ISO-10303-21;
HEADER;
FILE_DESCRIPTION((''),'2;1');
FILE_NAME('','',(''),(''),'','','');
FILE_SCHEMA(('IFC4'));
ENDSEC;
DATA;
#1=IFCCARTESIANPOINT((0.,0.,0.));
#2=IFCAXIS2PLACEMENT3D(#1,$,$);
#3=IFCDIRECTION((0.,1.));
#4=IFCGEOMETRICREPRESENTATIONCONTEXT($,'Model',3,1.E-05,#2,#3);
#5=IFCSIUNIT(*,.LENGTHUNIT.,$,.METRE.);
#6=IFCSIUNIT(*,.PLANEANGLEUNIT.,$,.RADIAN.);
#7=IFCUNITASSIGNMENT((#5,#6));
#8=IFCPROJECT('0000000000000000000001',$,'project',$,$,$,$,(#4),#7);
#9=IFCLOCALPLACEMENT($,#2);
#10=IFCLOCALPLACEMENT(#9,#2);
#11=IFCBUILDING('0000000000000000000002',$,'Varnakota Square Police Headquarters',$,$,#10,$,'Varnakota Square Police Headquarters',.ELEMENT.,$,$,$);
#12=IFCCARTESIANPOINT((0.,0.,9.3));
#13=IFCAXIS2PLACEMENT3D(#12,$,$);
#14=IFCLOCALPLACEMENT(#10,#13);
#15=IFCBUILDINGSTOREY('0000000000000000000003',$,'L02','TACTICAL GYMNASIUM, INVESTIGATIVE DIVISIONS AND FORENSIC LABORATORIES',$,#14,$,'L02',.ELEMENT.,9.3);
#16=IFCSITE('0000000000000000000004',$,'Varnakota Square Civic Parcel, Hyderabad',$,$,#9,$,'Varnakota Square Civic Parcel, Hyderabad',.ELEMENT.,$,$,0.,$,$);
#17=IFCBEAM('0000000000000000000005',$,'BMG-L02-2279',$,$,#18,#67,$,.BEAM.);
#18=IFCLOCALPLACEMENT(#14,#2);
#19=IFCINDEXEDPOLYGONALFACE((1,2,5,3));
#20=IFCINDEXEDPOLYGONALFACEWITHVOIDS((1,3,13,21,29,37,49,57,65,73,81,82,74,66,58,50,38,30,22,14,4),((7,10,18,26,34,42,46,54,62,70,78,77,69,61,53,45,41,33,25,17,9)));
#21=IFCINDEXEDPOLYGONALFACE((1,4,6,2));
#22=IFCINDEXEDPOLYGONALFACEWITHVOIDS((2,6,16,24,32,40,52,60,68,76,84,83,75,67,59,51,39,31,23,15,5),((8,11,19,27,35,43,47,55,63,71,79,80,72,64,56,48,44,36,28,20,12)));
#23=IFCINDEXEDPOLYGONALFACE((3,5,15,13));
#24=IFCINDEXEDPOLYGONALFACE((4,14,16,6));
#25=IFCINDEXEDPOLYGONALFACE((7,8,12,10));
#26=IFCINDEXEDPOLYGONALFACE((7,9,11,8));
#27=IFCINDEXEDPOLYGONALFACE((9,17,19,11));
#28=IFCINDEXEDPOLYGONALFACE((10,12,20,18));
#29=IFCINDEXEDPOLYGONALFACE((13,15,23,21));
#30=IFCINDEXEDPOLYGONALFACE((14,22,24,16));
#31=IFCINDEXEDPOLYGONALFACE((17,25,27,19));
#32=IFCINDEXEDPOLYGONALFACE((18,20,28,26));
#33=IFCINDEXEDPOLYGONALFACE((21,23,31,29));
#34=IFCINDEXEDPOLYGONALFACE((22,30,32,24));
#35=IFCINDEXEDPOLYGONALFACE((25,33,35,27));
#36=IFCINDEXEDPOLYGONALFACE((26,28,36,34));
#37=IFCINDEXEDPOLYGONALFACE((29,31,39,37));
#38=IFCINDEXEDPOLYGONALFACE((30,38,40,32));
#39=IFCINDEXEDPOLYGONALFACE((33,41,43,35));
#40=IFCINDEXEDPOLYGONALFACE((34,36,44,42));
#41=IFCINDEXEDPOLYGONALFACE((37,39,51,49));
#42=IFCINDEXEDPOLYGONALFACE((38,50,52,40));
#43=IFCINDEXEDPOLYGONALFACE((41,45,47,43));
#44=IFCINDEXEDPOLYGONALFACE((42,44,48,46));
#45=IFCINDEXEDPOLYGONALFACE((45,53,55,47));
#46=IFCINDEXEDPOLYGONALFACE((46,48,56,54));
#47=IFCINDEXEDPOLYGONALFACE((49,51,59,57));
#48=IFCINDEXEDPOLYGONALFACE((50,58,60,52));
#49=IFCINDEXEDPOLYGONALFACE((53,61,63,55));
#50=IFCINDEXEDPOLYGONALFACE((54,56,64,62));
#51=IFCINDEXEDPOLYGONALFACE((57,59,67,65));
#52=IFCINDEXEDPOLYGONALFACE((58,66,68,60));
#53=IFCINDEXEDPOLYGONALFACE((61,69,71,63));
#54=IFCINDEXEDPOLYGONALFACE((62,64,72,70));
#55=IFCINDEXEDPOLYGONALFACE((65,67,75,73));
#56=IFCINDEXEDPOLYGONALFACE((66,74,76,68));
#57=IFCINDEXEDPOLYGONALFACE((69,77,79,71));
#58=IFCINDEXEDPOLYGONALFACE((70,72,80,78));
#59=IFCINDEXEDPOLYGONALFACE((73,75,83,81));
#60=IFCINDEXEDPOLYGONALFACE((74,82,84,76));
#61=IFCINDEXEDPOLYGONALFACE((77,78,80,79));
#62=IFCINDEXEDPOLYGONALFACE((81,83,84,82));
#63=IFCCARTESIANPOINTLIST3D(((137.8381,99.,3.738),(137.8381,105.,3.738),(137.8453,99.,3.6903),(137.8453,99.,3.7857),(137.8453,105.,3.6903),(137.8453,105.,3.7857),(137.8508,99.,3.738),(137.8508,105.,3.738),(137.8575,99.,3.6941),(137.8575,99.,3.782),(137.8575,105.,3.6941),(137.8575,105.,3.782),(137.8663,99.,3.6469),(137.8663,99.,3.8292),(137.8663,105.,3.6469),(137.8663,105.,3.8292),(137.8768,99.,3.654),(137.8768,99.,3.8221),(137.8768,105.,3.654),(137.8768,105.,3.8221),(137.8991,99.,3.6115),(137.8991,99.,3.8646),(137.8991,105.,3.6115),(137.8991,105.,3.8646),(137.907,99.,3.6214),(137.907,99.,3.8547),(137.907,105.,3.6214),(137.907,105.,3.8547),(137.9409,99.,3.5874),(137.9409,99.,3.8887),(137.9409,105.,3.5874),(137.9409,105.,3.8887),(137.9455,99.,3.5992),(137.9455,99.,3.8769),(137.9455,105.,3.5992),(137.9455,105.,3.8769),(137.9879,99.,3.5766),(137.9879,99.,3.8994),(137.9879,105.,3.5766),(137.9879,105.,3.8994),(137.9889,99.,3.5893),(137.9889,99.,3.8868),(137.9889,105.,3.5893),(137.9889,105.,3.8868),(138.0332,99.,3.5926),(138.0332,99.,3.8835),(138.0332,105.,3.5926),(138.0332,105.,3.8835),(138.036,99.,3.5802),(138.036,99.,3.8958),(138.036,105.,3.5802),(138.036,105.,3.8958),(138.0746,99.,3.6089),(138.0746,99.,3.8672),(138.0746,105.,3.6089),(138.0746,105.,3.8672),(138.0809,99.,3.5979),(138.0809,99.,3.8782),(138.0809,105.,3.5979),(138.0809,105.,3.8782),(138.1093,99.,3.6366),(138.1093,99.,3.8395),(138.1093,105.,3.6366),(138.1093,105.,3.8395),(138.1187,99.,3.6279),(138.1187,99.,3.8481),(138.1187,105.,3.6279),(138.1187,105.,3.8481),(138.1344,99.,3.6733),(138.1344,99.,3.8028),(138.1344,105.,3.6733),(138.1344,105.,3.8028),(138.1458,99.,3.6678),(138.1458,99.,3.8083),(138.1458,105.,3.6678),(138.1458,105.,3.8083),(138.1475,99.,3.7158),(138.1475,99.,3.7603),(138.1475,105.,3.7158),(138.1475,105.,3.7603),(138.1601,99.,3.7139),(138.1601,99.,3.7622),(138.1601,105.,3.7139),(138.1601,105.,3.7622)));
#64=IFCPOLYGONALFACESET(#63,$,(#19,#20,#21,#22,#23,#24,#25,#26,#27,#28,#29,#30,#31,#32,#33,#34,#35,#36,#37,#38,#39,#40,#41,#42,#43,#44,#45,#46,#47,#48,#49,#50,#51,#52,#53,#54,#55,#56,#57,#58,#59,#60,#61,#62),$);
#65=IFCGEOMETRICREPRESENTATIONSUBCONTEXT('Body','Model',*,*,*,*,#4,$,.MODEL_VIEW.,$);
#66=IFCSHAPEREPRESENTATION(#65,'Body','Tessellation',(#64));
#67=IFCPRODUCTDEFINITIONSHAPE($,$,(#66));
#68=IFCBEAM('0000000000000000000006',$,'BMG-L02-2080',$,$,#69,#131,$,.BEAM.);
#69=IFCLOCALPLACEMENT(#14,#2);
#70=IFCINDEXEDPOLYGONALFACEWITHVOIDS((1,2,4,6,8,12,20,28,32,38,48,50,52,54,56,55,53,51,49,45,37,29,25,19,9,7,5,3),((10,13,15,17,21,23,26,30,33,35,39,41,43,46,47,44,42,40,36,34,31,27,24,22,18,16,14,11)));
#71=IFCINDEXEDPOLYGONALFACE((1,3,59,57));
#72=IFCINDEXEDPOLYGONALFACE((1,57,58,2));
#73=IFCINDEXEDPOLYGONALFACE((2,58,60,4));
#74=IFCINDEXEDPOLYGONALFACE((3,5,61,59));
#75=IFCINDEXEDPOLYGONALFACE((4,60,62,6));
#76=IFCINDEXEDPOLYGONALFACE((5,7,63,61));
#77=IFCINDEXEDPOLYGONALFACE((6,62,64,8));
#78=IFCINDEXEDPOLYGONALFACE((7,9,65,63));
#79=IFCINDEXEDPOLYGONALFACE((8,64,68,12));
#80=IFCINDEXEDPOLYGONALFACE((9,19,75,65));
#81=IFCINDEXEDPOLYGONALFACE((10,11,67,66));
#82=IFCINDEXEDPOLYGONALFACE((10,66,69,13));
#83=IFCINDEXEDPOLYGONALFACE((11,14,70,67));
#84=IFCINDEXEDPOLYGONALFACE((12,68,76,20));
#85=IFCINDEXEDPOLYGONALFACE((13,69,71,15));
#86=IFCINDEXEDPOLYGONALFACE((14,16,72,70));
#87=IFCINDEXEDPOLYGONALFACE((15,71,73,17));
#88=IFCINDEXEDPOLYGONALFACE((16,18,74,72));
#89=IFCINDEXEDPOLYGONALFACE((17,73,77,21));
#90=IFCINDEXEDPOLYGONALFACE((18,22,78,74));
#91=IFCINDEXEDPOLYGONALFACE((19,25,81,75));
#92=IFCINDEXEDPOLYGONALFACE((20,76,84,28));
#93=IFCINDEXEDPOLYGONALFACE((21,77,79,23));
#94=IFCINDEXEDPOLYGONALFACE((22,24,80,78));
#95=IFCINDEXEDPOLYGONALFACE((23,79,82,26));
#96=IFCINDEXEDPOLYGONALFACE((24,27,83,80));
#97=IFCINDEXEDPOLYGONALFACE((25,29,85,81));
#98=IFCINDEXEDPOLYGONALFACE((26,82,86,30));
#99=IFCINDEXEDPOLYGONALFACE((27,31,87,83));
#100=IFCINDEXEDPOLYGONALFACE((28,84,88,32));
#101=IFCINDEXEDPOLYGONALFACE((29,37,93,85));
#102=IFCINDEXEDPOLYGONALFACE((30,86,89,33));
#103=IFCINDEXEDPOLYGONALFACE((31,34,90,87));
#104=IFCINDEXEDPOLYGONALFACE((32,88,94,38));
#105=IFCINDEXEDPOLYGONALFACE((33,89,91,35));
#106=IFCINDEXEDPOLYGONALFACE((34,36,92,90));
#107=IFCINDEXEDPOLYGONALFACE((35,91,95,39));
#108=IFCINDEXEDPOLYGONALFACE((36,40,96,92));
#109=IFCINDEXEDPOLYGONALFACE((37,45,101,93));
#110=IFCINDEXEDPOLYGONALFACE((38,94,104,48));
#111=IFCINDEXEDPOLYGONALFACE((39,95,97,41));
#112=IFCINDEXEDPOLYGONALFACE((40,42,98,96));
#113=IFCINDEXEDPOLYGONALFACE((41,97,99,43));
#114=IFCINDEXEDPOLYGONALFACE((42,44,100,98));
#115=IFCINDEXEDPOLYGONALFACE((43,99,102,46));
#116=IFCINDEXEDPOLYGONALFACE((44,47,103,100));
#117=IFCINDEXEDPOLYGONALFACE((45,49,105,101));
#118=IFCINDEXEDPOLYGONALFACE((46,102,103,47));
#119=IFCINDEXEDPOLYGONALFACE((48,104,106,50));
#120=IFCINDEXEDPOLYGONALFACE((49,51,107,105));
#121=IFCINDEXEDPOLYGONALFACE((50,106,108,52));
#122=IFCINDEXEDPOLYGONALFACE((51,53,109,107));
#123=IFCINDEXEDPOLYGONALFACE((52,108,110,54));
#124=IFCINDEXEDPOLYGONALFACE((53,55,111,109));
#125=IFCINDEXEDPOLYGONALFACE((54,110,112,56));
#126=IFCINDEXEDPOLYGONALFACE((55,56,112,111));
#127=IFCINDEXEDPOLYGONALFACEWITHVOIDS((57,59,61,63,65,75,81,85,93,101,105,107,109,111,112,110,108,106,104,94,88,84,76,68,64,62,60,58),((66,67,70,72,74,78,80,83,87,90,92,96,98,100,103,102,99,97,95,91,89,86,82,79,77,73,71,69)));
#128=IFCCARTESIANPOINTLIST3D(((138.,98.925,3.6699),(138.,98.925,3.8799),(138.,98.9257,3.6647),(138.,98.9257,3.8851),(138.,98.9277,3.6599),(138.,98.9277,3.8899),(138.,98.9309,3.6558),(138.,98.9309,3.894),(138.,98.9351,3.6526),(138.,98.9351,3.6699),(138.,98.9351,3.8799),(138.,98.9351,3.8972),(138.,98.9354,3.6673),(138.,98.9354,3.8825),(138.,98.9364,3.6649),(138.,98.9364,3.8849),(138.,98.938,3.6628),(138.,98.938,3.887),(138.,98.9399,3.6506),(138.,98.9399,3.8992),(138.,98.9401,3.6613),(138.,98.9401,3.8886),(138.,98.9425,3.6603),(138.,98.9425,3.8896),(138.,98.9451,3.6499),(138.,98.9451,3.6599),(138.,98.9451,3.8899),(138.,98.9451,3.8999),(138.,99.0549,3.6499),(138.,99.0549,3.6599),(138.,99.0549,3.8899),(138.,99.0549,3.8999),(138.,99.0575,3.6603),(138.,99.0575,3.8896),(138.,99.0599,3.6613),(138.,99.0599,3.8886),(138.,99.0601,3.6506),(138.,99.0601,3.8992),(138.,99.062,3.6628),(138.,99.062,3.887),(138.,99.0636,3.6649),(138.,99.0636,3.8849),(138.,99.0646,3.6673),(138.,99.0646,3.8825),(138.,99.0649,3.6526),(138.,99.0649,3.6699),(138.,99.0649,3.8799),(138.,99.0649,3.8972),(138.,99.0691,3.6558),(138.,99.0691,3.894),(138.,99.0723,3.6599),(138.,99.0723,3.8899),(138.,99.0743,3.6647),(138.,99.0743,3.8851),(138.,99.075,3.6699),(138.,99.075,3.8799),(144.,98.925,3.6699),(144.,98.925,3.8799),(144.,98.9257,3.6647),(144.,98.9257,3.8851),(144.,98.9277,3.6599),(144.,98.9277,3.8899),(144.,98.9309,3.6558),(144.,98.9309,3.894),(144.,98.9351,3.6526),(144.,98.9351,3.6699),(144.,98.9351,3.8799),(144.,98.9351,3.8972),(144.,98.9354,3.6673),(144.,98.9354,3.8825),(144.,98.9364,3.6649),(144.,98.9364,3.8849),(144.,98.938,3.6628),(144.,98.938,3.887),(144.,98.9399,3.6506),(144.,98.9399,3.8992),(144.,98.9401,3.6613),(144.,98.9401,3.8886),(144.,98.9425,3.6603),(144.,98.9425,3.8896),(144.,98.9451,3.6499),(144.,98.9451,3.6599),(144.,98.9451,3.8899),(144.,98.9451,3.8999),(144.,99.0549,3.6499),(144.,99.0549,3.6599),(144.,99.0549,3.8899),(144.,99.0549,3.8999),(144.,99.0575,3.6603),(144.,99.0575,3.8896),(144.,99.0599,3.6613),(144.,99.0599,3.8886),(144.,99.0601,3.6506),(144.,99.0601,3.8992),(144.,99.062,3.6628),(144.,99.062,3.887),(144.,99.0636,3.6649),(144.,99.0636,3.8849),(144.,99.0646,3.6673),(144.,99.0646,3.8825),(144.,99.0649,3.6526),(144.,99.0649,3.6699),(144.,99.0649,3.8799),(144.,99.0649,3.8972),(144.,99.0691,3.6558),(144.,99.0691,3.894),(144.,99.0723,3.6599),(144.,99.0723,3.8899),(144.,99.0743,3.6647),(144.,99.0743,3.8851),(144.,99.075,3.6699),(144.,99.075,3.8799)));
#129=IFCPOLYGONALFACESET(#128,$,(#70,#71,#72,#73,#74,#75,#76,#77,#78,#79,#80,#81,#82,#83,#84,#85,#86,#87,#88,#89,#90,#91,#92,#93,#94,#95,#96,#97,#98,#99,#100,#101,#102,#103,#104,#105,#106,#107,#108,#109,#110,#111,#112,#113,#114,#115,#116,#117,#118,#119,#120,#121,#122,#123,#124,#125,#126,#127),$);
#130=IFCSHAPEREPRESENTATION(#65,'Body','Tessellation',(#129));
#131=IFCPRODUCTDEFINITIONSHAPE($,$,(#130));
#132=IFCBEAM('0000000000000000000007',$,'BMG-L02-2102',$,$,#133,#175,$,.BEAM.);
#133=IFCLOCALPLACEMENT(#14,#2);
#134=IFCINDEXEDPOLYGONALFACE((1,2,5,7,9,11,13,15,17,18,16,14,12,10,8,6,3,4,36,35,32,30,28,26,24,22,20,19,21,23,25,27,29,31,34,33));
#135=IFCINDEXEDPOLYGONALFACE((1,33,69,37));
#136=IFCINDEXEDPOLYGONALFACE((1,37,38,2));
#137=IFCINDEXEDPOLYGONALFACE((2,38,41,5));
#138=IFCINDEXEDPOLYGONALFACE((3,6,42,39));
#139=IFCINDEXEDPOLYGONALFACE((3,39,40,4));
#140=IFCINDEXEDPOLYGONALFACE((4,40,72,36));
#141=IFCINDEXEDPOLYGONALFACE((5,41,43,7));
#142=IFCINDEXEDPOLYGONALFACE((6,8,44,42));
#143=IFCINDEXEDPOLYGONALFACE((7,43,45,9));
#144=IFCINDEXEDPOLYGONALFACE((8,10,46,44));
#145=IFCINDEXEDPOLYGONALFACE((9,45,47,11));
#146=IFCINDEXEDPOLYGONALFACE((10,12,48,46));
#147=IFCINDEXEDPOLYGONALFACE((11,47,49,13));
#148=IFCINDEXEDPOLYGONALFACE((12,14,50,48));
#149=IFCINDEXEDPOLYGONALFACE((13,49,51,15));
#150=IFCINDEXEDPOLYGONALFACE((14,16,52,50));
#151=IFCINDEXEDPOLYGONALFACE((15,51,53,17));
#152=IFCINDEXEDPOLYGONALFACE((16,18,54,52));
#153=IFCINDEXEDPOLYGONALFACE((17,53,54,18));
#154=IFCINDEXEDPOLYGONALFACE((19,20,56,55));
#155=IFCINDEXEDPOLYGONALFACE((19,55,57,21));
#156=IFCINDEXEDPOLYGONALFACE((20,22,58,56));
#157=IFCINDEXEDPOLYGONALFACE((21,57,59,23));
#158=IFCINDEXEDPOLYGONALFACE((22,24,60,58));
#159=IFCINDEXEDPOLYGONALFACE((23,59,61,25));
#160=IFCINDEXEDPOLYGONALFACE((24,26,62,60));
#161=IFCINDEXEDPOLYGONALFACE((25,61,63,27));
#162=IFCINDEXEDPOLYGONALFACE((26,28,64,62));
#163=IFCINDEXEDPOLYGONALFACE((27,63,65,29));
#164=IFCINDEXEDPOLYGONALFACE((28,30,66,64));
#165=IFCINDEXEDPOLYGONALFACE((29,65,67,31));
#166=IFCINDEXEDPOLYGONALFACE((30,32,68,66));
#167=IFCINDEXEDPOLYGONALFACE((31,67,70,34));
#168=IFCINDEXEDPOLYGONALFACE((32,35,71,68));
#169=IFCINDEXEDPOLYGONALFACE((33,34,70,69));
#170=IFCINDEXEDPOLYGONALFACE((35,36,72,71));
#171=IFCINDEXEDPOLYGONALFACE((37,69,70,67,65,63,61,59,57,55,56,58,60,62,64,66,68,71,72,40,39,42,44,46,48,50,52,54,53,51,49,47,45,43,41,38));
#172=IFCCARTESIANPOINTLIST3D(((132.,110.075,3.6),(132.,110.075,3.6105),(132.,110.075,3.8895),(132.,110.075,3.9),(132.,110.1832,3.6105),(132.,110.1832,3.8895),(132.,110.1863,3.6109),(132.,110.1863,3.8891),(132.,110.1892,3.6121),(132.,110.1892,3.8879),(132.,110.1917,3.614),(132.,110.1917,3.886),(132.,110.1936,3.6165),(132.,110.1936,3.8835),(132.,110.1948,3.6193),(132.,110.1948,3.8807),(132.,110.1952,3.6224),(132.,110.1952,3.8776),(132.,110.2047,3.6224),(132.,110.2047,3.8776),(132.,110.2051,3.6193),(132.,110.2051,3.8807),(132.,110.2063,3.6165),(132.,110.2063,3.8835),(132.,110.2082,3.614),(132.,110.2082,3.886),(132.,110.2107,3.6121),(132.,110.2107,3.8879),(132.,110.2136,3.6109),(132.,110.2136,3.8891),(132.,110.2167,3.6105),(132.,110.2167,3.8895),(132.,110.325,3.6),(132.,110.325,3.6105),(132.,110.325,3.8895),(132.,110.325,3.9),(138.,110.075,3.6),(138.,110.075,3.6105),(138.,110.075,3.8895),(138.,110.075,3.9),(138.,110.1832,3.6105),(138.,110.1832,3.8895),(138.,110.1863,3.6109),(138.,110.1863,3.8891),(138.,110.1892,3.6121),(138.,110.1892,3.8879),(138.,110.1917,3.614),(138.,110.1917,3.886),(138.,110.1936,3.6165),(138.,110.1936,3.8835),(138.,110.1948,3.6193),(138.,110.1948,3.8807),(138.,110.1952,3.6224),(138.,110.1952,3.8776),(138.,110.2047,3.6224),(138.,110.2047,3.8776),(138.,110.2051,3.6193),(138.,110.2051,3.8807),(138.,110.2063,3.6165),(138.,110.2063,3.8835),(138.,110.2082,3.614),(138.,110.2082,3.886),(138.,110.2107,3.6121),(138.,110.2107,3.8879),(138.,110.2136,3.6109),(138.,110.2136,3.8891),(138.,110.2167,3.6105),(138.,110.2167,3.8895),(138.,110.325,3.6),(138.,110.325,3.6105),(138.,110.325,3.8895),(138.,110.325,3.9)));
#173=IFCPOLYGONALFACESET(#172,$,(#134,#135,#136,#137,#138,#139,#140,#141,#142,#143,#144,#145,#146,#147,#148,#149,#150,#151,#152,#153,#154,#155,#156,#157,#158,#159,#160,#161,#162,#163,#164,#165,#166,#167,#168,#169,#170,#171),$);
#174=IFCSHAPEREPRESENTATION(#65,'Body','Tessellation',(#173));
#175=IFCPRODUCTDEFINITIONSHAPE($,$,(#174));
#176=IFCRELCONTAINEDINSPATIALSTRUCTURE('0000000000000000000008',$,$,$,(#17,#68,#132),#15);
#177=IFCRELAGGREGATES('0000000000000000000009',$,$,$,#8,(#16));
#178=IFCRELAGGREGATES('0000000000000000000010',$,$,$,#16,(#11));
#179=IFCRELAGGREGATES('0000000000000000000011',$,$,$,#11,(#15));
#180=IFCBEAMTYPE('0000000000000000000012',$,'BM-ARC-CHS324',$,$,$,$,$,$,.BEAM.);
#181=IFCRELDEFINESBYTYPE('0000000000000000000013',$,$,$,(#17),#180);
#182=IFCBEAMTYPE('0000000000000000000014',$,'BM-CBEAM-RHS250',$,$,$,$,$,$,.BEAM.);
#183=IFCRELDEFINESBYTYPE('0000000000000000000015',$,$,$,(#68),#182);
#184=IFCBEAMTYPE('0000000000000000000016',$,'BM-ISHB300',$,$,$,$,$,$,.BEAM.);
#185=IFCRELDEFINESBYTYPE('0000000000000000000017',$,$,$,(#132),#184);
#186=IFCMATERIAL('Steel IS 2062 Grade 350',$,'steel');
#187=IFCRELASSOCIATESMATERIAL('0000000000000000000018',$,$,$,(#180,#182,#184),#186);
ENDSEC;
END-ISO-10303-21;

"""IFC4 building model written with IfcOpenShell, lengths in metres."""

from ifc_helpers import new_model, si_unit, direction, frame, origin, origin_2d, place, context, subcontext, project, spatial, hollow_rectangle, hollow_circle, i_section, extrude, material, material_profile, profile_set, type_object, element, save


model = new_model("IFC4")

# Units and contexts
model_context = context("Model", 3, precision=1e-05, world=origin(), true_north=direction((0.0, 1.0)))
body_context = subcontext(model_context, "Body", "Model", "MODEL_VIEW")
ifc_project = project(units=[si_unit("LENGTHUNIT", "METRE"), si_unit("PLANEANGLEUNIT", "RADIAN")], contexts=[model_context])

# Site, building, storey
site_placement = place(None, origin())
site = spatial("IfcSite", under=ifc_project, at=site_placement, Name="Varnakota Square Civic Parcel, Hyderabad", LongName="Varnakota Square Civic Parcel, Hyderabad", CompositionType="ELEMENT", RefElevation=0.0)
building_placement = place(site_placement, origin())
building = spatial("IfcBuilding", under=site, at=building_placement, Name="Varnakota Square Police Headquarters", LongName="Varnakota Square Police Headquarters", CompositionType="ELEMENT")
storey_placement = place(building_placement, frame((0.0, 0.0, 9.3)))
storey = spatial("IfcBuildingStorey", under=building, at=storey_placement, Name="L02", Description="TACTICAL GYMNASIUM, INVESTIGATIVE DIVISIONS AND FORENSIC LABORATORIES", LongName="L02", CompositionType="ELEMENT", Elevation=9.3)

# Shared definitions
ifc_material_1 = material(Name="Steel IS 2062 Grade 350", Category="steel")

# Beams
ifc_material_profile_1 = material_profile(ifc_material_1, hollow_circle(Radius=0.1619, WallThickness=0.0127, at=origin_2d()), Name="CHS 323.9x12.7")
ifc_profile_set_1 = profile_set([ifc_material_profile_1], Name="Steel IS 2062 Grade 350")
beam_type_1 = type_object("IfcBeamType", Name="BM-ARC-CHS324", PredefinedType="BEAM", material=ifc_profile_set_1)
beam_1_placement = place(storey_placement, frame((138.0, 99.0, 3.738), z_axis=(0.0, 1.0, 0.0), x_axis=(-1.0, 0.0, 0.0)))
element("IfcBeam", 1, at=beam_1_placement, inside=storey, type_object=beam_type_1, Name="BMG-L02-2279", PredefinedType="BEAM", context=body_context, shape_type="SweptSolid", body=[
    extrude(hollow_circle(Radius=0.1619, WallThickness=0.0127, at=origin_2d()), origin(), (0.0, 0.0, 1.0), 6.0),
])
ifc_material_profile_2 = material_profile(ifc_material_1, hollow_rectangle(XDim=0.1499, YDim=0.25, WallThickness=0.01, InnerFilletRadius=0.01, OuterFilletRadius=0.02, at=origin_2d()), Name="RHS 250x150x10")
ifc_profile_set_2 = profile_set([ifc_material_profile_2], Name="Steel IS 2062 Grade 350")
beam_type_2 = type_object("IfcBeamType", Name="BM-CBEAM-RHS250", PredefinedType="BEAM", material=ifc_profile_set_2)
beam_2_placement = place(storey_placement, frame((138.0, 99.0, 3.7749), z_axis=(1.0, 0.0, 0.0), x_axis=(0.0, 1.0, 0.0)))
element("IfcBeam", 2, at=beam_2_placement, inside=storey, type_object=beam_type_2, Name="BMG-L02-2080", PredefinedType="BEAM", context=body_context, shape_type="SweptSolid", body=[
    extrude(hollow_rectangle(XDim=0.1499, YDim=0.25, WallThickness=0.01, InnerFilletRadius=0.01, OuterFilletRadius=0.02, at=origin_2d()), origin(), (0.0, 0.0, 1.0), 6.0),
])
ifc_material_profile_3 = material_profile(ifc_material_1, i_section(OverallWidth=0.25, OverallDepth=0.3, WebThickness=0.0095, FlangeThickness=0.0105, FilletRadius=0.012, at=origin_2d()), Name="ISHB 300")
ifc_profile_set_3 = profile_set([ifc_material_profile_3], Name="Steel IS 2062 Grade 350")
beam_type_3 = type_object("IfcBeamType", Name="BM-ISHB300", PredefinedType="BEAM", material=ifc_profile_set_3)
beam_3_placement = place(storey_placement, frame((132.0, 110.2, 3.75), z_axis=(1.0, 0.0, 0.0), x_axis=(0.0, 1.0, 0.0)))
element("IfcBeam", 3, at=beam_3_placement, inside=storey, type_object=beam_type_3, Name="BMG-L02-2102", PredefinedType="BEAM", context=body_context, shape_type="SweptSolid", body=[
    extrude(i_section(OverallWidth=0.25, OverallDepth=0.3, WebThickness=0.0095, FlangeThickness=0.0105, FilletRadius=0.012, at=origin_2d()), origin(), (0.0, 0.0, 1.0), 6.0),
])

save(model, "model.ifc")
